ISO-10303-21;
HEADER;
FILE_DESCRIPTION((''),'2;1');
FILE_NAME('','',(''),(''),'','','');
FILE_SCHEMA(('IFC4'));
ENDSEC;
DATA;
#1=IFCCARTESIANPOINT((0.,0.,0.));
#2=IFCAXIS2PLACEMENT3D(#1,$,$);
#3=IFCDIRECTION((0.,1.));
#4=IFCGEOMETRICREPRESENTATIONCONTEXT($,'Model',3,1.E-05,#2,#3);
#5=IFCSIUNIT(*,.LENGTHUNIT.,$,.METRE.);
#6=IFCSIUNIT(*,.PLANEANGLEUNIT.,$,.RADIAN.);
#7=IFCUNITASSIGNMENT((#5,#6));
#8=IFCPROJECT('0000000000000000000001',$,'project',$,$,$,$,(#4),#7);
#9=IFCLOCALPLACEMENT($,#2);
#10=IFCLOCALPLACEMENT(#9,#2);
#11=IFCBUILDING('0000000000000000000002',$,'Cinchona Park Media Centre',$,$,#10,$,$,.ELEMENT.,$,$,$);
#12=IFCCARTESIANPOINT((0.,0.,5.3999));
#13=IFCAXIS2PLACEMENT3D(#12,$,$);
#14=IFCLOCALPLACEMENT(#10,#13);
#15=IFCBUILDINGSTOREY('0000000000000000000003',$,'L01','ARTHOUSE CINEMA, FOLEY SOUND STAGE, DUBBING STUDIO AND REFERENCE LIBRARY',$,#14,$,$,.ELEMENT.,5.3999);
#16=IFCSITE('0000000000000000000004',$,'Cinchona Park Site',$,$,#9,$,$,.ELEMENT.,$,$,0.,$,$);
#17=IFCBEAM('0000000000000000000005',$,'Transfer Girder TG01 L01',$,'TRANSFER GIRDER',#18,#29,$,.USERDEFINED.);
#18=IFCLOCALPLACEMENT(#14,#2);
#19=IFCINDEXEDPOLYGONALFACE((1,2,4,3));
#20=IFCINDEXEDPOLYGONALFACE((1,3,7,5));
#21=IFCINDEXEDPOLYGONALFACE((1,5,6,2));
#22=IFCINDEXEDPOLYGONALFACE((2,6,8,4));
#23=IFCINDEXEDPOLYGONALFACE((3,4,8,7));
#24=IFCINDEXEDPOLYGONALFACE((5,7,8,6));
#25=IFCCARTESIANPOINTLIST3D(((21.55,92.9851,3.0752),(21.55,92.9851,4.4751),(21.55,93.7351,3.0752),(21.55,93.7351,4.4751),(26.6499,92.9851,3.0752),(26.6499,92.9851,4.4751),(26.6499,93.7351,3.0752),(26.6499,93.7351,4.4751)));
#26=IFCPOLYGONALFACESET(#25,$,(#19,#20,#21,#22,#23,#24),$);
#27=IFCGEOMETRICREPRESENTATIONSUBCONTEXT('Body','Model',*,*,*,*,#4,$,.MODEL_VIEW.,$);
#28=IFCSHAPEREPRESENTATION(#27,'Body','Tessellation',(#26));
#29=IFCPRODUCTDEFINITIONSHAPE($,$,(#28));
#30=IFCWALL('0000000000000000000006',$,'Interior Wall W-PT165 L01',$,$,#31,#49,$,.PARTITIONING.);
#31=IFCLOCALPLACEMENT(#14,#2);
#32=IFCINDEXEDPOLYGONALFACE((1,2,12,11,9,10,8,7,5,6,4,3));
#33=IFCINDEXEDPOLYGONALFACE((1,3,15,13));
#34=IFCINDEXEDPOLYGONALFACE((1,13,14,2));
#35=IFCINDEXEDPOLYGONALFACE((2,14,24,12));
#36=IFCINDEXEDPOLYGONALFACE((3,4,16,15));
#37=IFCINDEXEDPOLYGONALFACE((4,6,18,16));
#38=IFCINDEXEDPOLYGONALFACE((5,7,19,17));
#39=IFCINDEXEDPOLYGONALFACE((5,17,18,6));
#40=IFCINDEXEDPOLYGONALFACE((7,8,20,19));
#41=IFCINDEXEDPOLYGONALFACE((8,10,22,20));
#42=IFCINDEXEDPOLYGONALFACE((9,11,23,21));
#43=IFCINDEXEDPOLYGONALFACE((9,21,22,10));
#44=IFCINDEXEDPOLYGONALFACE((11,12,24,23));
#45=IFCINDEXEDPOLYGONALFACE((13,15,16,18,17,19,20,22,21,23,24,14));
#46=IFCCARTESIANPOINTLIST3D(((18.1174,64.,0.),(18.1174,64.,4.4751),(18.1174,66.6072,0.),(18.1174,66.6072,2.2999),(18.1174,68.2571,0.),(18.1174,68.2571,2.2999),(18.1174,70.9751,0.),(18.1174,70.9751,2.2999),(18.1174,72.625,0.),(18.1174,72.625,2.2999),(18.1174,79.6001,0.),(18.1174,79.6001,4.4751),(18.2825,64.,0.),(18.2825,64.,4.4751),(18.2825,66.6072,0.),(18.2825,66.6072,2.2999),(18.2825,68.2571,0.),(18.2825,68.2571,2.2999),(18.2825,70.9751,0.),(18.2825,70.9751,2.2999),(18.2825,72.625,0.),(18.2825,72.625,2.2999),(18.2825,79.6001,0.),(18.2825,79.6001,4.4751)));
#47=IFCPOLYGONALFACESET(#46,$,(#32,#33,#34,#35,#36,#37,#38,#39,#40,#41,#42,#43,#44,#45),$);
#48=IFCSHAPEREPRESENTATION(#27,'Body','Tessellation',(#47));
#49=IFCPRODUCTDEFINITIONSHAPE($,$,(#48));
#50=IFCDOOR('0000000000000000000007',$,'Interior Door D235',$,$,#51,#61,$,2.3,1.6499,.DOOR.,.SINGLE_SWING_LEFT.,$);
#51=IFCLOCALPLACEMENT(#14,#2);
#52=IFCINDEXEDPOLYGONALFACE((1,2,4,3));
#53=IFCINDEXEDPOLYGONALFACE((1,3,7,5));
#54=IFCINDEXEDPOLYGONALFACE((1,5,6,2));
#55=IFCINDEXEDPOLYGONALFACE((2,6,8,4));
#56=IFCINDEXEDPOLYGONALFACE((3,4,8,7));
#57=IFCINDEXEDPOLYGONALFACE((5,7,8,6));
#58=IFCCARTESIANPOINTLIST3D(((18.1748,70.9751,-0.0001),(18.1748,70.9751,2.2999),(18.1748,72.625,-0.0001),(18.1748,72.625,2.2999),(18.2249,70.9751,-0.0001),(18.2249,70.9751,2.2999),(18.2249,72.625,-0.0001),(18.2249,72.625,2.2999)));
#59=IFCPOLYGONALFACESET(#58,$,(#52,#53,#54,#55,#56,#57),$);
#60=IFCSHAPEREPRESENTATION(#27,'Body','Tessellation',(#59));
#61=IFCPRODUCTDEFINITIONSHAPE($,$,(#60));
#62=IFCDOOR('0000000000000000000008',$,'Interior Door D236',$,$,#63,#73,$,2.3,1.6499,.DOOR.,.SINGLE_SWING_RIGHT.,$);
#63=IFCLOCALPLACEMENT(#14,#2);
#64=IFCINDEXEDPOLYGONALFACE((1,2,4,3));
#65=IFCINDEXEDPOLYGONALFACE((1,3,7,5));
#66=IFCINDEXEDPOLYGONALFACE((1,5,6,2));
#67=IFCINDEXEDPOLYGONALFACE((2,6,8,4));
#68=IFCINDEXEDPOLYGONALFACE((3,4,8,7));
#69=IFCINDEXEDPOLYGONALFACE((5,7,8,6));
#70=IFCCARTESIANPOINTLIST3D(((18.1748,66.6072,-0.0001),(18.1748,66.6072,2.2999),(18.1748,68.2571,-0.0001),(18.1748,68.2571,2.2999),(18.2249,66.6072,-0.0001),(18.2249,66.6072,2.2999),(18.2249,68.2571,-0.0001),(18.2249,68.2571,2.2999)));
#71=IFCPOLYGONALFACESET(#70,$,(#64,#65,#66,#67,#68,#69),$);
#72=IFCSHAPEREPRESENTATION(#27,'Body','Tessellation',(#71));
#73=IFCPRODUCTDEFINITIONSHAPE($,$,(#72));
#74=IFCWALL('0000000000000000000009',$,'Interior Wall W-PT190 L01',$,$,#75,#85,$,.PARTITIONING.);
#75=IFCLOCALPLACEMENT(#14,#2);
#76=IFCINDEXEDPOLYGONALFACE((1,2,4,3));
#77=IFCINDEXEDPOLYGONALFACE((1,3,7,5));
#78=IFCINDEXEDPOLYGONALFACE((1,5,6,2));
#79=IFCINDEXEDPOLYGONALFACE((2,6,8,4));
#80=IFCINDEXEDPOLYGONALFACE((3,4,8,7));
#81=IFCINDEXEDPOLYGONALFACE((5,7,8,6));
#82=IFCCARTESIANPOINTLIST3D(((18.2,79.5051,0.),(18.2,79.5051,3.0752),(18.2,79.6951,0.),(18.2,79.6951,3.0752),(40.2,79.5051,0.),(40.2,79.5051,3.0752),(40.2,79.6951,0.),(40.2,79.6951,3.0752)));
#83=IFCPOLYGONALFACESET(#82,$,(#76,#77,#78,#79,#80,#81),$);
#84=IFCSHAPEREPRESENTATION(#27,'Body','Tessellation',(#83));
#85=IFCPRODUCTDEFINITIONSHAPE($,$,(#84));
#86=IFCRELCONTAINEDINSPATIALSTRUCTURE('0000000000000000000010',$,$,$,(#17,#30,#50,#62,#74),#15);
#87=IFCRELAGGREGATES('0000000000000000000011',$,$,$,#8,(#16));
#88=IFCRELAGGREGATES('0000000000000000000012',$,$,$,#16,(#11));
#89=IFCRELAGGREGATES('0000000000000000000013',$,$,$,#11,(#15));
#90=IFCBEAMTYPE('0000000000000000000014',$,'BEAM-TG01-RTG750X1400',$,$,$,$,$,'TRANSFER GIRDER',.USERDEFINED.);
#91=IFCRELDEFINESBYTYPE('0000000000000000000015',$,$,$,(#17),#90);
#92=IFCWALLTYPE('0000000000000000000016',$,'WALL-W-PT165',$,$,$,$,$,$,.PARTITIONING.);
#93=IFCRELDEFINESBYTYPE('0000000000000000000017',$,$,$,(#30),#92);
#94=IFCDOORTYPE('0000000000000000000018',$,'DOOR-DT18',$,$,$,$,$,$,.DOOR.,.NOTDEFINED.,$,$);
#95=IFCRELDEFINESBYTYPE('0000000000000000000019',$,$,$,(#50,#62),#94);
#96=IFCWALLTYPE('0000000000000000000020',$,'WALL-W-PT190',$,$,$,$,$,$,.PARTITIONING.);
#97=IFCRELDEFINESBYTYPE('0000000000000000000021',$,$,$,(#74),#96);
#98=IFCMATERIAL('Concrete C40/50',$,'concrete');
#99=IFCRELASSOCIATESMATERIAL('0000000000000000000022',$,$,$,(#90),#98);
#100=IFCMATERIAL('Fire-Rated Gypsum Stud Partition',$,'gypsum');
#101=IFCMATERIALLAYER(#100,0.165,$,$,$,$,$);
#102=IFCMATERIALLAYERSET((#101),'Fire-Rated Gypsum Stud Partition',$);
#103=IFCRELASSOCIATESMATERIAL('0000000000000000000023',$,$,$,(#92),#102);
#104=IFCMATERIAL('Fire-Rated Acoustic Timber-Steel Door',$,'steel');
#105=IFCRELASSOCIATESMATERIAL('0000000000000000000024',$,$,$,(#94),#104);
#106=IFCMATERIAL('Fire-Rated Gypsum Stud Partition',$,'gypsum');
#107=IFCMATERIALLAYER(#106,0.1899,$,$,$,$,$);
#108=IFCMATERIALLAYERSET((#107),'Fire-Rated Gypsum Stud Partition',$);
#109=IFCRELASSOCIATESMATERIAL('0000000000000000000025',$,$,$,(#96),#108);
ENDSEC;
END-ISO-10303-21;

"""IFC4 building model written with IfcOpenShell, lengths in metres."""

from ifc_helpers import new_model, si_unit, direction, frame, frame_2d, origin, origin_2d, place, context, subcontext, project, spatial, rectangle, extrude, material, layer, layer_set, material_profile, profile_set, type_object, element, fill, save


model = new_model("IFC4")

# Units and contexts
model_context = context("Model", 3, precision=1e-05, world=origin(), true_north=direction((0.0, 1.0)))
body_context = subcontext(model_context, "Body", "Model", "MODEL_VIEW")
ifc_project = project(units=[si_unit("LENGTHUNIT", "METRE"), si_unit("PLANEANGLEUNIT", "RADIAN")], contexts=[model_context])

# Site, building, storey
site_placement = place(None, origin())
site = spatial("IfcSite", under=ifc_project, at=site_placement, Name="Cinchona Park Site", CompositionType="ELEMENT", RefElevation=0.0)
building_placement = place(site_placement, origin())
building = spatial("IfcBuilding", under=site, at=building_placement, Name="Cinchona Park Media Centre", CompositionType="ELEMENT")
storey_placement = place(building_placement, frame((0.0, 0.0, 5.3999)))
storey = spatial("IfcBuildingStorey", under=building, at=storey_placement, Name="L01", Description="ARTHOUSE CINEMA, FOLEY SOUND STAGE, DUBBING STUDIO AND REFERENCE LIBRARY", CompositionType="ELEMENT", Elevation=5.3999)

# Beam
ifc_material_1 = material(Name="Concrete C40/50", Category="concrete")
ifc_material_profile_1 = material_profile(ifc_material_1, rectangle(XDim=0.75, YDim=1.3999, at=origin_2d()), Name="RTG 750X1400")
ifc_profile_set_1 = profile_set([ifc_material_profile_1], Name="Concrete C40/50")
beam_type_1 = type_object("IfcBeamType", Name="BEAM-TG01-RTG750X1400", ElementType="TRANSFER GIRDER", PredefinedType="USERDEFINED", material=ifc_profile_set_1)
beam_1_placement = place(storey_placement, frame((21.55, 93.3601, 3.7751), z_axis=(1.0, 0.0, 0.0), x_axis=(0.0, 1.0, 0.0)))
element("IfcBeam", 1, at=beam_1_placement, inside=storey, type_object=beam_type_1, Name="Transfer Girder TG01 L01", ObjectType="TRANSFER GIRDER", PredefinedType="USERDEFINED", context=body_context, shape_type="SweptSolid", body=[
    extrude(rectangle(XDim=0.75, YDim=1.3999, at=origin_2d()), origin(), (0.0, 0.0, 1.0), 5.0999),
])

# Wall, openings, doors
ifc_material_2 = material(Name="Fire-Rated Gypsum Stud Partition", Category="gypsum")
ifc_layer_1 = layer(ifc_material_2, 0.165)
ifc_layer_set_1 = layer_set([ifc_layer_1], Name="Fire-Rated Gypsum Stud Partition")
wall_type_1 = type_object("IfcWallType", Name="WALL-W-PT165", PredefinedType="PARTITIONING", material=ifc_layer_set_1)
wall_1_placement = place(storey_placement, frame((18.2, 79.6001, 0.0), z_axis=(0.0, 0.0, 1.0), x_axis=(0.0, -1.0, 0.0)))
wall_1 = element("IfcWall", 2, at=wall_1_placement, inside=storey, type_object=wall_type_1, Name="Interior Wall W-PT165 L01", PredefinedType="PARTITIONING", context=body_context, shape_type="SweptSolid", body=[
    extrude(rectangle(XDim=15.6001, YDim=0.165, at=frame_2d((7.8, 0.0))), origin(), (0.0, 0.0, 1.0), 4.4751),
])
opening_1_placement = place(wall_1_placement, frame((6.9751, 0.0, 0.0)))
opening_1 = element("IfcOpeningElement", 3, at=opening_1_placement, cuts=wall_1, PredefinedType="OPENING", context=body_context, shape_type="SweptSolid", body=[
    extrude(rectangle(XDim=1.6499, YDim=2.3, at=frame_2d((0.825, 1.1499))), frame((0.0, 0.0925, 0.0), z_axis=(0.0, -1.0, 0.0), x_axis=(1.0, 0.0, 0.0)), (0.0, 0.0, 1.0), 0.1851),
])
opening_2_placement = place(wall_1_placement, frame((11.343, 0.0, 0.0)))
opening_2 = element("IfcOpeningElement", 4, at=opening_2_placement, cuts=wall_1, PredefinedType="OPENING", context=body_context, shape_type="SweptSolid", body=[
    extrude(rectangle(XDim=1.6499, YDim=2.3, at=frame_2d((0.825, 1.1499))), frame((0.0, 0.0925, 0.0), z_axis=(0.0, -1.0, 0.0), x_axis=(1.0, 0.0, 0.0)), (0.0, 0.0, 1.0), 0.1851),
])
ifc_material_3 = material(Name="Fire-Rated Acoustic Timber-Steel Door", Category="steel")
door_type = type_object("IfcDoorType", Name="DOOR-DT18", OperationType="NOTDEFINED", PredefinedType="DOOR", material=ifc_material_3)
door_1_placement = place(opening_1_placement, origin())
door_1 = element("IfcDoor", 5, at=door_1_placement, inside=storey, type_object=door_type, Name="Interior Door D235", OperationType="SINGLE_SWING_LEFT", OverallHeight=2.3, OverallWidth=1.6499, PredefinedType="DOOR", context=body_context, shape_type="SweptSolid", body=[
    extrude(rectangle(XDim=1.6499, YDim=2.3, at=frame_2d((0.825, 1.1499))), frame((0.0, 0.0249, 0.0), z_axis=(0.0, -1.0, 0.0), x_axis=(1.0, 0.0, 0.0)), (0.0, 0.0, 1.0), 0.05),
])
fill(opening_1, door_1)
door_2_placement = place(opening_2_placement, origin())
door_2 = element("IfcDoor", 6, at=door_2_placement, inside=storey, type_object=door_type, Name="Interior Door D236", OperationType="SINGLE_SWING_RIGHT", OverallHeight=2.3, OverallWidth=1.6499, PredefinedType="DOOR", context=body_context, shape_type="SweptSolid", body=[
    extrude(rectangle(XDim=1.6499, YDim=2.3, at=frame_2d((0.825, 1.1499))), frame((0.0, 0.0249, 0.0), z_axis=(0.0, -1.0, 0.0), x_axis=(1.0, 0.0, 0.0)), (0.0, 0.0, 1.0), 0.05),
])
fill(opening_2, door_2)

# Wall
ifc_material_4 = material(Name="Fire-Rated Gypsum Stud Partition", Category="gypsum")
ifc_layer_2 = layer(ifc_material_4, 0.1899)
ifc_layer_set_2 = layer_set([ifc_layer_2], Name="Fire-Rated Gypsum Stud Partition")
wall_type_2 = type_object("IfcWallType", Name="WALL-W-PT190", PredefinedType="PARTITIONING", material=ifc_layer_set_2)
wall_2_placement = place(storey_placement, frame((18.2, 79.6001, 0.0), z_axis=(0.0, 0.0, 1.0), x_axis=(1.0, 0.0, 0.0)))
element("IfcWall", 7, at=wall_2_placement, inside=storey, type_object=wall_type_2, Name="Interior Wall W-PT190 L01", PredefinedType="PARTITIONING", context=body_context, shape_type="SweptSolid", body=[
    extrude(rectangle(XDim=22.0, YDim=0.1899, at=frame_2d((11.0, 0.0))), origin(), (0.0, 0.0, 1.0), 3.0752),
])

save(model, "model.ifc")
